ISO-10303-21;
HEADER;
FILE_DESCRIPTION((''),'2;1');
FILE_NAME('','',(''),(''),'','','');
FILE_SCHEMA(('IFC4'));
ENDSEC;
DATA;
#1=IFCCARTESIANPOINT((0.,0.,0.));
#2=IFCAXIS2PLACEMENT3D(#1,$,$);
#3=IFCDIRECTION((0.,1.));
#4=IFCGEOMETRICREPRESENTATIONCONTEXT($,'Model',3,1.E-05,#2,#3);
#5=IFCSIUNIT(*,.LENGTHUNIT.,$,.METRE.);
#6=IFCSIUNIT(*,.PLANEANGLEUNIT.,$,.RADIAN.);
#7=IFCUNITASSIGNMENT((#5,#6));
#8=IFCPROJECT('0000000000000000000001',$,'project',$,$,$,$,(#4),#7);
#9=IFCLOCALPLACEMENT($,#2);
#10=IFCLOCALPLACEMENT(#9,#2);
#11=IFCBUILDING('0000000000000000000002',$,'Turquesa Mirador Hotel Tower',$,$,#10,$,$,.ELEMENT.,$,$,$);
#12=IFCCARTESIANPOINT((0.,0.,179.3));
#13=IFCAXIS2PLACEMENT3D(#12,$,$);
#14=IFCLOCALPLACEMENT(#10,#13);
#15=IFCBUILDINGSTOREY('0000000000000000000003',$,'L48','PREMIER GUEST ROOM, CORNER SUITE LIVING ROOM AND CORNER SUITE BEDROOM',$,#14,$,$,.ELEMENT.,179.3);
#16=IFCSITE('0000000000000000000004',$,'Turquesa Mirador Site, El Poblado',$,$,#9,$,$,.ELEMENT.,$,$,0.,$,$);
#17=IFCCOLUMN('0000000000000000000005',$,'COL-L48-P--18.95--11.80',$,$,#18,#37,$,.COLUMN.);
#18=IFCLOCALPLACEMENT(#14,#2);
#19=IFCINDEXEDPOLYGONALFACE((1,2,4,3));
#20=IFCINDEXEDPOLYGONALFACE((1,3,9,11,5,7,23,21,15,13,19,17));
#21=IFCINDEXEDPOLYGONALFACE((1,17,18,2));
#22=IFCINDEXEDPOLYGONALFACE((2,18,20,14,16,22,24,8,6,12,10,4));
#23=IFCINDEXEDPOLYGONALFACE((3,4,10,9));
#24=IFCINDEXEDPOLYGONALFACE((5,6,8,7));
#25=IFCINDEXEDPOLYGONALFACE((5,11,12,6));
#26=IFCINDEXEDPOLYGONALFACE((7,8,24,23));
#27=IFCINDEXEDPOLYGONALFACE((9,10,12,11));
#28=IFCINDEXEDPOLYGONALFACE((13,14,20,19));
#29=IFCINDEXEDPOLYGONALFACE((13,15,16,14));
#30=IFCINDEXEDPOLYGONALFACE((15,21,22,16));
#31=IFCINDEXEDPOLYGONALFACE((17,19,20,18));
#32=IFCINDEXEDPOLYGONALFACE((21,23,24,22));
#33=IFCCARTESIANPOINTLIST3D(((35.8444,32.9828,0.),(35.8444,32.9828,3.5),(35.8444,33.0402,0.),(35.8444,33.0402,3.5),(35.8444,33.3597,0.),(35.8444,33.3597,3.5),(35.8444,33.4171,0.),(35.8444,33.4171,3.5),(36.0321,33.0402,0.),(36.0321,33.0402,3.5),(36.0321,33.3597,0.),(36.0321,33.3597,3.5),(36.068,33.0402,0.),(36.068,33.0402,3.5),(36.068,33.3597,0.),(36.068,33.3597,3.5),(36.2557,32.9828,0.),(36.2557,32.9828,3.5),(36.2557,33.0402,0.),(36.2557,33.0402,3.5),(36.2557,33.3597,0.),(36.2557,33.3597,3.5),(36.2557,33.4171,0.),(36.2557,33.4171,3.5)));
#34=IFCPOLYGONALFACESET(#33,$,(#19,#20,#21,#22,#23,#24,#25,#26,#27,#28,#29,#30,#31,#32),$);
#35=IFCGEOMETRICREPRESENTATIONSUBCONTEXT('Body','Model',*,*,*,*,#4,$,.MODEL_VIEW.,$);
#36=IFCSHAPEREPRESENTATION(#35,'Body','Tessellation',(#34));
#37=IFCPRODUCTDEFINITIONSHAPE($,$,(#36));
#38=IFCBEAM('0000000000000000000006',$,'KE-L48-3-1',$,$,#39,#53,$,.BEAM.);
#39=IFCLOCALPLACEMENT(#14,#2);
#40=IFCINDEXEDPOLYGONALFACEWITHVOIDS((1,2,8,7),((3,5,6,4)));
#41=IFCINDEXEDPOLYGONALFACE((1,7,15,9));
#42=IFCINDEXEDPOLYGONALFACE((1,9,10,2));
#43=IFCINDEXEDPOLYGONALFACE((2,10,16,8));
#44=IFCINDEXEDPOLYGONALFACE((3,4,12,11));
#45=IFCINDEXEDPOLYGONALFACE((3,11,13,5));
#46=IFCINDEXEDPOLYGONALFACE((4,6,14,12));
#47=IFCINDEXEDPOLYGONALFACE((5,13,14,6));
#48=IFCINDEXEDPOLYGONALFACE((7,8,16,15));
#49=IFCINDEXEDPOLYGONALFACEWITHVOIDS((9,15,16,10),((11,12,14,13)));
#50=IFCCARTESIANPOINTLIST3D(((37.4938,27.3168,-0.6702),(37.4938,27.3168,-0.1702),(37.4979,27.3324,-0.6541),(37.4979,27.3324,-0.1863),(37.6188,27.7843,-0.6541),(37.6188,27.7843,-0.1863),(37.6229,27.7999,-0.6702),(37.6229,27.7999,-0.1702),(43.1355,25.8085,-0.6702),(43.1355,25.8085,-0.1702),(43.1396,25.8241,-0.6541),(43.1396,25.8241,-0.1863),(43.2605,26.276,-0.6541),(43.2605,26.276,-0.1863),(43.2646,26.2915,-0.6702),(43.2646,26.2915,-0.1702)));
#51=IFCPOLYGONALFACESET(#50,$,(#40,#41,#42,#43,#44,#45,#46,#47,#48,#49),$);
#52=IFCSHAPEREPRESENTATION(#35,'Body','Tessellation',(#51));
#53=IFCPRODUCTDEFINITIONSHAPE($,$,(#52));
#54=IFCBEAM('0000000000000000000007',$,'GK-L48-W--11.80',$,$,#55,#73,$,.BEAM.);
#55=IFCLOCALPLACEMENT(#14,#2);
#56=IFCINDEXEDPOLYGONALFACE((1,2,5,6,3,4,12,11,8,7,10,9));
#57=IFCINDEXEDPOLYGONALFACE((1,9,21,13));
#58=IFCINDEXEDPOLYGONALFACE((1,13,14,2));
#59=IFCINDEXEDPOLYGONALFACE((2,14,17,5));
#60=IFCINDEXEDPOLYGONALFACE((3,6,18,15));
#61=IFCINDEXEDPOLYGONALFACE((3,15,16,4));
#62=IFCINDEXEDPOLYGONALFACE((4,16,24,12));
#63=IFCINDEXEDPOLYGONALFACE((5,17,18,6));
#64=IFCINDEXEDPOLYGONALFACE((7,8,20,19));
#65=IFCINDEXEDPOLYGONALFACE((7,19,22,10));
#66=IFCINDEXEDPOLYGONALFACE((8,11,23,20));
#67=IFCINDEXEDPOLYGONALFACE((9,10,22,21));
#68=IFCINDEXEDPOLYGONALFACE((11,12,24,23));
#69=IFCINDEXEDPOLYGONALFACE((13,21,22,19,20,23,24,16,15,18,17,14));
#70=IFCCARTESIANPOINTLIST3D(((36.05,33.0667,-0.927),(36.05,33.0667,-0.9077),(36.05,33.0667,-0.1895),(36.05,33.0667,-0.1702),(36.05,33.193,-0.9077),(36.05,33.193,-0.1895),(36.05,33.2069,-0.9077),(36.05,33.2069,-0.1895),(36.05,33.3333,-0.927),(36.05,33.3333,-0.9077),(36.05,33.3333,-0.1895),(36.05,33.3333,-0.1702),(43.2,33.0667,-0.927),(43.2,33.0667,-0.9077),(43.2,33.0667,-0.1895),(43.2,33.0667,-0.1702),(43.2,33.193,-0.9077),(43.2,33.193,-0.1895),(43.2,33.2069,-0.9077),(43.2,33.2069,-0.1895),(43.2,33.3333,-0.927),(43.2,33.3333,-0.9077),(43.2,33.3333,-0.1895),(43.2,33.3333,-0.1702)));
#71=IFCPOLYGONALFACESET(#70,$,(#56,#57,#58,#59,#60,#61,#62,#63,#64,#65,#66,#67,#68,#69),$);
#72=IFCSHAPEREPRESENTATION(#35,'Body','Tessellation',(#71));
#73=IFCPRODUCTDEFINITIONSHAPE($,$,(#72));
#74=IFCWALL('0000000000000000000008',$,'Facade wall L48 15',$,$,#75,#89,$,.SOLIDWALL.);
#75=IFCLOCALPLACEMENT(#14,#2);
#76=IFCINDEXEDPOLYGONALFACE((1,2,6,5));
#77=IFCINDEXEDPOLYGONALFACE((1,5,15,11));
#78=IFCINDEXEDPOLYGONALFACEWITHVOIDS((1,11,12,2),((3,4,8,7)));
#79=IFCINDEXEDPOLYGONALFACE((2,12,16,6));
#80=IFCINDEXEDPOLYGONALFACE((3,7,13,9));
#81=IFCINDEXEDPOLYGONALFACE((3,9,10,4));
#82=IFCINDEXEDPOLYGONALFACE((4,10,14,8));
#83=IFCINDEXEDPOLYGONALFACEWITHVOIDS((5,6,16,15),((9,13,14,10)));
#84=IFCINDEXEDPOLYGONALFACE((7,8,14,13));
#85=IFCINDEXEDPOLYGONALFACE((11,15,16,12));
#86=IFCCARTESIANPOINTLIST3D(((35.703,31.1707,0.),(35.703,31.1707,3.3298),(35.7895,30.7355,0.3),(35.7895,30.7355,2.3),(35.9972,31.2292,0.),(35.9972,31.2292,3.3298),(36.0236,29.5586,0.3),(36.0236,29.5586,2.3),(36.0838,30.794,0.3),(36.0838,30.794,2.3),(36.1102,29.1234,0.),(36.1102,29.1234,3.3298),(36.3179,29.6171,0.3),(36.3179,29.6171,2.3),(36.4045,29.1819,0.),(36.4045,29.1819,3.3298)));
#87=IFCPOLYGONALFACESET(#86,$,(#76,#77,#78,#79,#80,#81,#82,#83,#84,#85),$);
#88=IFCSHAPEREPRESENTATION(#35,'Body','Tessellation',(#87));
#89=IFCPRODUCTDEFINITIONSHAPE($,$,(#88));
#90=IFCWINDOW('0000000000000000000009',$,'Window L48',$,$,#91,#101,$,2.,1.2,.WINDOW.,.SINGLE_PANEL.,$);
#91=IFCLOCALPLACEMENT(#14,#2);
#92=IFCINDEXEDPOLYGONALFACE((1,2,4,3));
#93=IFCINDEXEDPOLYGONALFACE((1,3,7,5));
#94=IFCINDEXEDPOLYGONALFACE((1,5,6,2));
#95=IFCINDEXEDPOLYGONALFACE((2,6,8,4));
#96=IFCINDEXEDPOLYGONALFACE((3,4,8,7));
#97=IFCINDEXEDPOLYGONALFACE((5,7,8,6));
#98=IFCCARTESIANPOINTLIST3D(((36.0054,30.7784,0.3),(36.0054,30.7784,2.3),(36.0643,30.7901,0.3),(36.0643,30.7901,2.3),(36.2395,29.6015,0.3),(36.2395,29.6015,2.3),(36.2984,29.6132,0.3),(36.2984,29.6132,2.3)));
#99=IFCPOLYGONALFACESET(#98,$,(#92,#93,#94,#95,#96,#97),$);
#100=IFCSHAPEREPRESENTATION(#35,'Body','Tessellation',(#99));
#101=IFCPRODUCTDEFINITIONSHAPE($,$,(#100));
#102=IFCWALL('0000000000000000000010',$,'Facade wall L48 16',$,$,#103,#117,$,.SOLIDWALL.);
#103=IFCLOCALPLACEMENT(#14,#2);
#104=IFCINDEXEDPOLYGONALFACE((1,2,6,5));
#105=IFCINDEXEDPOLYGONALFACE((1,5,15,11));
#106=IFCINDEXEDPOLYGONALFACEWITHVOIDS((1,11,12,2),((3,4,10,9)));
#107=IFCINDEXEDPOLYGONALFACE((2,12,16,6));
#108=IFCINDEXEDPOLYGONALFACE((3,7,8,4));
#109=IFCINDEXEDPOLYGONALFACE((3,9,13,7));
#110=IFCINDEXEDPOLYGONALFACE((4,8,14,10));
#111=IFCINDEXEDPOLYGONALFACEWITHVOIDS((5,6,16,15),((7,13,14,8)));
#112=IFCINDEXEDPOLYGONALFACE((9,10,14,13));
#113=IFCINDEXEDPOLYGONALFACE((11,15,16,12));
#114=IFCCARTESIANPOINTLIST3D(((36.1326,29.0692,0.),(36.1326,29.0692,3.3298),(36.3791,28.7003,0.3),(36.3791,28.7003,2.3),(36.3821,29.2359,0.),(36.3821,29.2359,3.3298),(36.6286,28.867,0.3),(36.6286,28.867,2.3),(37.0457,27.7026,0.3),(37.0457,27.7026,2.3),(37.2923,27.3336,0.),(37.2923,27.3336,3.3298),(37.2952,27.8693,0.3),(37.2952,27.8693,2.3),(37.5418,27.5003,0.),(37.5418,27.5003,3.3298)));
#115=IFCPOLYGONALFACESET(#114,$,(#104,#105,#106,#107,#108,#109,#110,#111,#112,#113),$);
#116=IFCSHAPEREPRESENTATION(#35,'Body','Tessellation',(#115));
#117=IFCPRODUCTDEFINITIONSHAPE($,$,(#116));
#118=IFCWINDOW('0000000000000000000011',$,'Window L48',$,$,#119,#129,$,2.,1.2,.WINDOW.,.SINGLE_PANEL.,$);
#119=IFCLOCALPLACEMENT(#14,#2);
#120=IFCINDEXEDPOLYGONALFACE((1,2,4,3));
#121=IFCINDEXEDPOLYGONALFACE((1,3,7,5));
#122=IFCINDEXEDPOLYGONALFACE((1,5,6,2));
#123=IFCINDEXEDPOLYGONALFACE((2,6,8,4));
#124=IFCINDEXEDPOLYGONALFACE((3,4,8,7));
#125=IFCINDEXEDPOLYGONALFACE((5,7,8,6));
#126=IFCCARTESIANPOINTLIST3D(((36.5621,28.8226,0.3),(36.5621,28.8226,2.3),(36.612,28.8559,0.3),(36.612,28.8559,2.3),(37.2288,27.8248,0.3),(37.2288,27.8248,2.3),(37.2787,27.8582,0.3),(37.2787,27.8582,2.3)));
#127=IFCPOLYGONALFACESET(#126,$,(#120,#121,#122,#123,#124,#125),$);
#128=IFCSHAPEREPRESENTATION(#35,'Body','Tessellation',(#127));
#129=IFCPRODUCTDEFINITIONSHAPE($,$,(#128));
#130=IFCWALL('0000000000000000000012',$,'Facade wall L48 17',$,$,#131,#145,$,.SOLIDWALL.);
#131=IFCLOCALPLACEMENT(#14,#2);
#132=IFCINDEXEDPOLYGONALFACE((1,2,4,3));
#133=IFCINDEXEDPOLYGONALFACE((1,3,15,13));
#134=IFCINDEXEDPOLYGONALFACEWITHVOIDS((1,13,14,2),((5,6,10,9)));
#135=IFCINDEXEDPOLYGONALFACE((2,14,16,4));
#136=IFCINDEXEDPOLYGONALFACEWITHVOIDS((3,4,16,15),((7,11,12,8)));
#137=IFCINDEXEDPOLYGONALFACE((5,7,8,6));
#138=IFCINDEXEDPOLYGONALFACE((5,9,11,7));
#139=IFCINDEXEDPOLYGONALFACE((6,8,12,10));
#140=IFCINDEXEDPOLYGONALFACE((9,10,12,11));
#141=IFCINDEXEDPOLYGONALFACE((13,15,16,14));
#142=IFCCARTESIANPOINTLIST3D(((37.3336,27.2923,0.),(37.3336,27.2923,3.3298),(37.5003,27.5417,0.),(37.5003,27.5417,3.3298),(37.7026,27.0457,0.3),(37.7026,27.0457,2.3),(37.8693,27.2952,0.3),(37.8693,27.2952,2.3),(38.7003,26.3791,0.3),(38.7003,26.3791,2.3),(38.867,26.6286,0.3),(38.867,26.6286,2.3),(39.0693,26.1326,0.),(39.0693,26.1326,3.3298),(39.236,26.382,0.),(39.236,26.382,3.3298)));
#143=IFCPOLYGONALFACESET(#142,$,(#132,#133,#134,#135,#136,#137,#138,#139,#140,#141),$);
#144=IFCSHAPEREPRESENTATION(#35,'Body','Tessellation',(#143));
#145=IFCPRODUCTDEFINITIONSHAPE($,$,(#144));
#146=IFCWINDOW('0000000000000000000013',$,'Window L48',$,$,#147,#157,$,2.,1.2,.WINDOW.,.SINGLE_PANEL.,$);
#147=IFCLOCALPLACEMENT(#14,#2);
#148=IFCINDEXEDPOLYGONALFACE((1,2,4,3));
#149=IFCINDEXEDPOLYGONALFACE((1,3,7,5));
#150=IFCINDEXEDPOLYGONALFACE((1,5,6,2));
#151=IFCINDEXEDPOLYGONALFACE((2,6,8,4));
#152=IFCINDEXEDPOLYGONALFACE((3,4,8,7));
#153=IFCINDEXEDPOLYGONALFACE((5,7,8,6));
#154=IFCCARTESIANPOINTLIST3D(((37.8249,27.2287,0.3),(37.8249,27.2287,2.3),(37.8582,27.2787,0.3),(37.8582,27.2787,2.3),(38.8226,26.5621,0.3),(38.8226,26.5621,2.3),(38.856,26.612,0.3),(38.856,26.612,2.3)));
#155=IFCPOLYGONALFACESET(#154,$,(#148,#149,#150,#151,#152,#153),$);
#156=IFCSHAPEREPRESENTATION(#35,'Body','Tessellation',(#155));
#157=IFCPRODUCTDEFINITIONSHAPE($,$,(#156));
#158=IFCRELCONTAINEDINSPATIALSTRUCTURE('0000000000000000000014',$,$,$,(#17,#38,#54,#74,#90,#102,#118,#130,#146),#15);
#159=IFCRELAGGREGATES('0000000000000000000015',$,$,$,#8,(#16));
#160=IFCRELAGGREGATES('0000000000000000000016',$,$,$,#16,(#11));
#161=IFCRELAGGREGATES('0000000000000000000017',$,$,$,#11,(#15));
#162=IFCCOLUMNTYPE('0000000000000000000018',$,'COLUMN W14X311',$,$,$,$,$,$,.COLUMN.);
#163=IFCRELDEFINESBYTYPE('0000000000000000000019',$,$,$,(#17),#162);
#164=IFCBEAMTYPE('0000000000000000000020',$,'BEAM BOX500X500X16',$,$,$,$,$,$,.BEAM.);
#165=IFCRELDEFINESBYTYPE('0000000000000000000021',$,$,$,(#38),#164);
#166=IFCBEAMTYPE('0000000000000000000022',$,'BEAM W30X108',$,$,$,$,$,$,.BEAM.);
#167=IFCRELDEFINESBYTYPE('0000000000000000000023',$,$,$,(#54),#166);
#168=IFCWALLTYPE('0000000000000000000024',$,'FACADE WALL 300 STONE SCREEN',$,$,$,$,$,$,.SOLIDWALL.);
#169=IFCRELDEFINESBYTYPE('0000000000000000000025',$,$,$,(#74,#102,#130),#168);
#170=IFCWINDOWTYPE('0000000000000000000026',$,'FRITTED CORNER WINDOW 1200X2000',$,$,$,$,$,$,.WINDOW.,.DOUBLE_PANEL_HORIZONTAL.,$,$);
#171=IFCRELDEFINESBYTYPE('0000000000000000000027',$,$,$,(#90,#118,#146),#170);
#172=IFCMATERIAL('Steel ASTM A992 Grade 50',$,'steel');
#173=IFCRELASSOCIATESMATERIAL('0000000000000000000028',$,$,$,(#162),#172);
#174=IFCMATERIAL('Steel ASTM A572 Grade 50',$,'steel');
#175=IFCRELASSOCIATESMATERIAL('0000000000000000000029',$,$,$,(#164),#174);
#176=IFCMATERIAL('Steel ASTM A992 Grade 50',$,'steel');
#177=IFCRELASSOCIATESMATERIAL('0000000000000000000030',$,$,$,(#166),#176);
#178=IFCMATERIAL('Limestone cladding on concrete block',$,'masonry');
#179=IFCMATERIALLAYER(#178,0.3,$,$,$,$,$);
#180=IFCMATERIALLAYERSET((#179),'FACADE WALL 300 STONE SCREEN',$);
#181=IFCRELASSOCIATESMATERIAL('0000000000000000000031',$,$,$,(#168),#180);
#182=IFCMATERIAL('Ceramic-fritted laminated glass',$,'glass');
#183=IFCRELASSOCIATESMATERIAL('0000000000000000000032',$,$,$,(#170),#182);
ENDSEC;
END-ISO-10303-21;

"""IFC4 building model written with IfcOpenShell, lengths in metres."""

from ifc_helpers import new_model, si_unit, direction, frame, frame_2d, origin, origin_2d, place, context, subcontext, project, spatial, rectangle, hollow_rectangle, i_section, extrude, material, layer, layer_set, material_profile, profile_set, type_object, element, fill, save


model = new_model("IFC4")

# Units and contexts
model_context = context("Model", 3, precision=1e-05, world=origin(), true_north=direction((0.0, 1.0)))
body_context = subcontext(model_context, "Body", "Model", "MODEL_VIEW")
ifc_project = project(units=[si_unit("LENGTHUNIT", "METRE"), si_unit("PLANEANGLEUNIT", "RADIAN")], contexts=[model_context])

# Site, building, storey
site_placement = place(None, origin())
site = spatial("IfcSite", under=ifc_project, at=site_placement, Name="Turquesa Mirador Site, El Poblado", CompositionType="ELEMENT", RefElevation=0.0)
building_placement = place(site_placement, origin())
building = spatial("IfcBuilding", under=site, at=building_placement, Name="Turquesa Mirador Hotel Tower", CompositionType="ELEMENT")
storey_placement = place(building_placement, frame((0.0, 0.0, 179.3)))
storey = spatial("IfcBuildingStorey", under=building, at=storey_placement, Name="L48", Description="PREMIER GUEST ROOM, CORNER SUITE LIVING ROOM AND CORNER SUITE BEDROOM", CompositionType="ELEMENT", Elevation=179.3)

# Column
ifc_material_1 = material(Name="Steel ASTM A992 Grade 50", Category="steel")
ifc_material_profile_1 = material_profile(ifc_material_1, i_section(OverallWidth=0.4114, OverallDepth=0.4343, WebThickness=0.0359, FlangeThickness=0.0574, at=origin_2d()), Name="W14X311")
ifc_profile_set_1 = profile_set([ifc_material_profile_1], Name="Steel ASTM A992 Grade 50")
column_type = type_object("IfcColumnType", Name="COLUMN W14X311", PredefinedType="COLUMN", material=ifc_profile_set_1)
column_placement = place(storey_placement, frame((36.05, 33.2, 0.0), z_axis=(0.0, 0.0, 1.0), x_axis=(1.0, 0.0, 0.0)))
element("IfcColumn", 1, at=column_placement, inside=storey, type_object=column_type, Name="COL-L48-P--18.95--11.80", PredefinedType="COLUMN", context=body_context, shape_type="SweptSolid", body=[
    extrude(i_section(OverallWidth=0.4114, OverallDepth=0.4343, WebThickness=0.0359, FlangeThickness=0.0574, at=origin_2d()), origin(), (0.0, 0.0, 1.0), 3.5),
])

# Beams
ifc_material_2 = material(Name="Steel ASTM A572 Grade 50", Category="steel")
ifc_material_profile_2 = material_profile(ifc_material_2, hollow_rectangle(XDim=0.5, YDim=0.5, WallThickness=0.0161, at=origin_2d()), Name="BOX500X500X16")
ifc_profile_set_2 = profile_set([ifc_material_profile_2], Name="Steel ASTM A572 Grade 50")
beam_type_1 = type_object("IfcBeamType", Name="BEAM BOX500X500X16", PredefinedType="BEAM", material=ifc_profile_set_2)
beam_1_placement = place(storey_placement, frame((37.5583, 27.5583, -0.4202), z_axis=(0.96607, -0.258282, 0.0), x_axis=(0.258282, 0.96607, 0.0)))
element("IfcBeam", 2, at=beam_1_placement, inside=storey, type_object=beam_type_1, Name="KE-L48-3-1", PredefinedType="BEAM", context=body_context, shape_type="SweptSolid", body=[
    extrude(hollow_rectangle(XDim=0.5, YDim=0.5, WallThickness=0.0161, at=origin_2d()), origin(), (0.0, 0.0, 1.0), 5.8398),
])
ifc_material_3 = material(Name="Steel ASTM A992 Grade 50", Category="steel")
ifc_material_profile_3 = material_profile(ifc_material_3, i_section(OverallWidth=0.2666, OverallDepth=0.7568, WebThickness=0.0139, FlangeThickness=0.0193, at=origin_2d()), Name="W30X108")
ifc_profile_set_3 = profile_set([ifc_material_profile_3], Name="Steel ASTM A992 Grade 50")
beam_type_2 = type_object("IfcBeamType", Name="BEAM W30X108", PredefinedType="BEAM", material=ifc_profile_set_3)
beam_2_placement = place(storey_placement, frame((36.05, 33.2, -0.5486), z_axis=(1.0, 0.0, 0.0), x_axis=(0.0, 1.0, 0.0)))
element("IfcBeam", 3, at=beam_2_placement, inside=storey, type_object=beam_type_2, Name="GK-L48-W--11.80", PredefinedType="BEAM", context=body_context, shape_type="SweptSolid", body=[
    extrude(i_section(OverallWidth=0.2666, OverallDepth=0.7568, WebThickness=0.0139, FlangeThickness=0.0193, at=origin_2d()), origin(), (0.0, 0.0, 1.0), 7.1499),
])

# Walls, openings, windows
ifc_material_4 = material(Name="Limestone cladding on concrete block", Category="masonry")
ifc_layer_1 = layer(ifc_material_4, 0.3)
ifc_layer_set_1 = layer_set([ifc_layer_1], Name="FACADE WALL 300 STONE SCREEN")
wall_type_1 = type_object("IfcWallType", Name="FACADE WALL 300 STONE SCREEN", PredefinedType="SOLIDWALL", material=ifc_layer_set_1)
wall_1_placement = place(storey_placement, frame((35.8501, 31.2, 0.0), z_axis=(0.0, 0.0, 1.0), x_axis=(0.195081, -0.980787, 0.0)))
wall_1 = element("IfcWall", 4, at=wall_1_placement, inside=storey, type_object=wall_type_1, Name="Facade wall L48 15", PredefinedType="SOLIDWALL", context=body_context, shape_type="SweptSolid", body=[
    extrude(rectangle(XDim=2.0874, YDim=0.3, at=frame_2d((1.0437, 0.0))), origin(), (0.0, 0.0, 1.0), 3.3298),
])
opening_1_placement = place(wall_1_placement, frame((0.4436, 0.0, 0.3)))
opening_1 = element("IfcOpeningElement", 5, at=opening_1_placement, cuts=wall_1, PredefinedType="OPENING", context=body_context, shape_type="SweptSolid", body=[
    extrude(rectangle(XDim=1.2, YDim=2.0, at=frame_2d((0.6001, 1.0))), frame((0.0, 0.1599, 0.0), z_axis=(0.0, -1.0, 0.0), x_axis=(1.0, 0.0, 0.0)), (0.0, 0.0, 1.0), 0.3201),
])
ifc_material_5 = material(Name="Ceramic-fritted laminated glass", Category="glass")
window_type_1 = type_object("IfcWindowType", Name="FRITTED CORNER WINDOW 1200X2000", PartitioningType="DOUBLE_PANEL_HORIZONTAL", PredefinedType="WINDOW", material=ifc_material_5)
window_1_placement = place(opening_1_placement, origin())
window_1 = element("IfcWindow", 6, at=window_1_placement, inside=storey, type_object=window_type_1, Name="Window L48", OverallHeight=2.0, OverallWidth=1.2, PartitioningType="SINGLE_PANEL", PredefinedType="WINDOW", context=body_context, shape_type="SweptSolid", body=[
    extrude(rectangle(XDim=1.2, YDim=2.0, at=frame_2d((0.6001, 1.0))), frame((0.0, 0.1301, 0.0), z_axis=(0.0, -1.0, 0.0), x_axis=(1.0, 0.0, 0.0)), (0.0, 0.0, 1.0), 0.0601),
])
fill(opening_1, window_1)
wall_2_placement = place(storey_placement, frame((36.2573, 29.1526, 0.0), z_axis=(0.0, 0.0, 1.0), x_axis=(0.555564, -0.831474, 0.0)))
wall_2 = element("IfcWall", 7, at=wall_2_placement, inside=storey, type_object=wall_type_1, Name="Facade wall L48 16", PredefinedType="SOLIDWALL", context=body_context, shape_type="SweptSolid", body=[
    extrude(rectangle(XDim=2.0874, YDim=0.3, at=frame_2d((1.0437, 0.0))), origin(), (0.0, 0.0, 1.0), 3.3298),
])
opening_2_placement = place(wall_2_placement, frame((0.4436, 0.0, 0.3)))
opening_2 = element("IfcOpeningElement", 8, at=opening_2_placement, cuts=wall_2, PredefinedType="OPENING", context=body_context, shape_type="SweptSolid", body=[
    extrude(rectangle(XDim=1.2, YDim=2.0, at=frame_2d((0.6001, 1.0))), frame((0.0, 0.1599, 0.0), z_axis=(0.0, -1.0, 0.0), x_axis=(1.0, 0.0, 0.0)), (0.0, 0.0, 1.0), 0.3201),
])
window_2_placement = place(opening_2_placement, origin())
window_2 = element("IfcWindow", 9, at=window_2_placement, inside=storey, type_object=window_type_1, Name="Window L48", OverallHeight=2.0, OverallWidth=1.2, PartitioningType="SINGLE_PANEL", PredefinedType="WINDOW", context=body_context, shape_type="SweptSolid", body=[
    extrude(rectangle(XDim=1.2, YDim=2.0, at=frame_2d((0.6001, 1.0))), frame((0.0, 0.1301, 0.0), z_axis=(0.0, -1.0, 0.0), x_axis=(1.0, 0.0, 0.0)), (0.0, 0.0, 1.0), 0.0601),
])
fill(opening_2, window_2)
wall_3_placement = place(storey_placement, frame((37.417, 27.417, 0.0), z_axis=(0.0, 0.0, 1.0), x_axis=(0.831474, -0.555564, 0.0)))
wall_3 = element("IfcWall", 10, at=wall_3_placement, inside=storey, type_object=wall_type_1, Name="Facade wall L48 17", PredefinedType="SOLIDWALL", context=body_context, shape_type="SweptSolid", body=[
    extrude(rectangle(XDim=2.0874, YDim=0.3, at=frame_2d((1.0437, 0.0))), origin(), (0.0, 0.0, 1.0), 3.3298),
])
opening_3_placement = place(wall_3_placement, frame((0.4436, 0.0, 0.3)))
opening_3 = element("IfcOpeningElement", 11, at=opening_3_placement, cuts=wall_3, PredefinedType="OPENING", context=body_context, shape_type="SweptSolid", body=[
    extrude(rectangle(XDim=1.2, YDim=2.0, at=frame_2d((0.6001, 1.0))), frame((0.0, 0.1599, 0.0), z_axis=(0.0, -1.0, 0.0), x_axis=(1.0, 0.0, 0.0)), (0.0, 0.0, 1.0), 0.3201),
])
window_3_placement = place(opening_3_placement, origin())
window_3 = element("IfcWindow", 12, at=window_3_placement, inside=storey, type_object=window_type_1, Name="Window L48", OverallHeight=2.0, OverallWidth=1.2, PartitioningType="SINGLE_PANEL", PredefinedType="WINDOW", context=body_context, shape_type="SweptSolid", body=[
    extrude(rectangle(XDim=1.2, YDim=2.0, at=frame_2d((0.6001, 1.0))), frame((0.0, 0.1301, 0.0), z_axis=(0.0, -1.0, 0.0), x_axis=(1.0, 0.0, 0.0)), (0.0, 0.0, 1.0), 0.0601),
])
fill(opening_3, window_3)

save(model, "model.ifc")
